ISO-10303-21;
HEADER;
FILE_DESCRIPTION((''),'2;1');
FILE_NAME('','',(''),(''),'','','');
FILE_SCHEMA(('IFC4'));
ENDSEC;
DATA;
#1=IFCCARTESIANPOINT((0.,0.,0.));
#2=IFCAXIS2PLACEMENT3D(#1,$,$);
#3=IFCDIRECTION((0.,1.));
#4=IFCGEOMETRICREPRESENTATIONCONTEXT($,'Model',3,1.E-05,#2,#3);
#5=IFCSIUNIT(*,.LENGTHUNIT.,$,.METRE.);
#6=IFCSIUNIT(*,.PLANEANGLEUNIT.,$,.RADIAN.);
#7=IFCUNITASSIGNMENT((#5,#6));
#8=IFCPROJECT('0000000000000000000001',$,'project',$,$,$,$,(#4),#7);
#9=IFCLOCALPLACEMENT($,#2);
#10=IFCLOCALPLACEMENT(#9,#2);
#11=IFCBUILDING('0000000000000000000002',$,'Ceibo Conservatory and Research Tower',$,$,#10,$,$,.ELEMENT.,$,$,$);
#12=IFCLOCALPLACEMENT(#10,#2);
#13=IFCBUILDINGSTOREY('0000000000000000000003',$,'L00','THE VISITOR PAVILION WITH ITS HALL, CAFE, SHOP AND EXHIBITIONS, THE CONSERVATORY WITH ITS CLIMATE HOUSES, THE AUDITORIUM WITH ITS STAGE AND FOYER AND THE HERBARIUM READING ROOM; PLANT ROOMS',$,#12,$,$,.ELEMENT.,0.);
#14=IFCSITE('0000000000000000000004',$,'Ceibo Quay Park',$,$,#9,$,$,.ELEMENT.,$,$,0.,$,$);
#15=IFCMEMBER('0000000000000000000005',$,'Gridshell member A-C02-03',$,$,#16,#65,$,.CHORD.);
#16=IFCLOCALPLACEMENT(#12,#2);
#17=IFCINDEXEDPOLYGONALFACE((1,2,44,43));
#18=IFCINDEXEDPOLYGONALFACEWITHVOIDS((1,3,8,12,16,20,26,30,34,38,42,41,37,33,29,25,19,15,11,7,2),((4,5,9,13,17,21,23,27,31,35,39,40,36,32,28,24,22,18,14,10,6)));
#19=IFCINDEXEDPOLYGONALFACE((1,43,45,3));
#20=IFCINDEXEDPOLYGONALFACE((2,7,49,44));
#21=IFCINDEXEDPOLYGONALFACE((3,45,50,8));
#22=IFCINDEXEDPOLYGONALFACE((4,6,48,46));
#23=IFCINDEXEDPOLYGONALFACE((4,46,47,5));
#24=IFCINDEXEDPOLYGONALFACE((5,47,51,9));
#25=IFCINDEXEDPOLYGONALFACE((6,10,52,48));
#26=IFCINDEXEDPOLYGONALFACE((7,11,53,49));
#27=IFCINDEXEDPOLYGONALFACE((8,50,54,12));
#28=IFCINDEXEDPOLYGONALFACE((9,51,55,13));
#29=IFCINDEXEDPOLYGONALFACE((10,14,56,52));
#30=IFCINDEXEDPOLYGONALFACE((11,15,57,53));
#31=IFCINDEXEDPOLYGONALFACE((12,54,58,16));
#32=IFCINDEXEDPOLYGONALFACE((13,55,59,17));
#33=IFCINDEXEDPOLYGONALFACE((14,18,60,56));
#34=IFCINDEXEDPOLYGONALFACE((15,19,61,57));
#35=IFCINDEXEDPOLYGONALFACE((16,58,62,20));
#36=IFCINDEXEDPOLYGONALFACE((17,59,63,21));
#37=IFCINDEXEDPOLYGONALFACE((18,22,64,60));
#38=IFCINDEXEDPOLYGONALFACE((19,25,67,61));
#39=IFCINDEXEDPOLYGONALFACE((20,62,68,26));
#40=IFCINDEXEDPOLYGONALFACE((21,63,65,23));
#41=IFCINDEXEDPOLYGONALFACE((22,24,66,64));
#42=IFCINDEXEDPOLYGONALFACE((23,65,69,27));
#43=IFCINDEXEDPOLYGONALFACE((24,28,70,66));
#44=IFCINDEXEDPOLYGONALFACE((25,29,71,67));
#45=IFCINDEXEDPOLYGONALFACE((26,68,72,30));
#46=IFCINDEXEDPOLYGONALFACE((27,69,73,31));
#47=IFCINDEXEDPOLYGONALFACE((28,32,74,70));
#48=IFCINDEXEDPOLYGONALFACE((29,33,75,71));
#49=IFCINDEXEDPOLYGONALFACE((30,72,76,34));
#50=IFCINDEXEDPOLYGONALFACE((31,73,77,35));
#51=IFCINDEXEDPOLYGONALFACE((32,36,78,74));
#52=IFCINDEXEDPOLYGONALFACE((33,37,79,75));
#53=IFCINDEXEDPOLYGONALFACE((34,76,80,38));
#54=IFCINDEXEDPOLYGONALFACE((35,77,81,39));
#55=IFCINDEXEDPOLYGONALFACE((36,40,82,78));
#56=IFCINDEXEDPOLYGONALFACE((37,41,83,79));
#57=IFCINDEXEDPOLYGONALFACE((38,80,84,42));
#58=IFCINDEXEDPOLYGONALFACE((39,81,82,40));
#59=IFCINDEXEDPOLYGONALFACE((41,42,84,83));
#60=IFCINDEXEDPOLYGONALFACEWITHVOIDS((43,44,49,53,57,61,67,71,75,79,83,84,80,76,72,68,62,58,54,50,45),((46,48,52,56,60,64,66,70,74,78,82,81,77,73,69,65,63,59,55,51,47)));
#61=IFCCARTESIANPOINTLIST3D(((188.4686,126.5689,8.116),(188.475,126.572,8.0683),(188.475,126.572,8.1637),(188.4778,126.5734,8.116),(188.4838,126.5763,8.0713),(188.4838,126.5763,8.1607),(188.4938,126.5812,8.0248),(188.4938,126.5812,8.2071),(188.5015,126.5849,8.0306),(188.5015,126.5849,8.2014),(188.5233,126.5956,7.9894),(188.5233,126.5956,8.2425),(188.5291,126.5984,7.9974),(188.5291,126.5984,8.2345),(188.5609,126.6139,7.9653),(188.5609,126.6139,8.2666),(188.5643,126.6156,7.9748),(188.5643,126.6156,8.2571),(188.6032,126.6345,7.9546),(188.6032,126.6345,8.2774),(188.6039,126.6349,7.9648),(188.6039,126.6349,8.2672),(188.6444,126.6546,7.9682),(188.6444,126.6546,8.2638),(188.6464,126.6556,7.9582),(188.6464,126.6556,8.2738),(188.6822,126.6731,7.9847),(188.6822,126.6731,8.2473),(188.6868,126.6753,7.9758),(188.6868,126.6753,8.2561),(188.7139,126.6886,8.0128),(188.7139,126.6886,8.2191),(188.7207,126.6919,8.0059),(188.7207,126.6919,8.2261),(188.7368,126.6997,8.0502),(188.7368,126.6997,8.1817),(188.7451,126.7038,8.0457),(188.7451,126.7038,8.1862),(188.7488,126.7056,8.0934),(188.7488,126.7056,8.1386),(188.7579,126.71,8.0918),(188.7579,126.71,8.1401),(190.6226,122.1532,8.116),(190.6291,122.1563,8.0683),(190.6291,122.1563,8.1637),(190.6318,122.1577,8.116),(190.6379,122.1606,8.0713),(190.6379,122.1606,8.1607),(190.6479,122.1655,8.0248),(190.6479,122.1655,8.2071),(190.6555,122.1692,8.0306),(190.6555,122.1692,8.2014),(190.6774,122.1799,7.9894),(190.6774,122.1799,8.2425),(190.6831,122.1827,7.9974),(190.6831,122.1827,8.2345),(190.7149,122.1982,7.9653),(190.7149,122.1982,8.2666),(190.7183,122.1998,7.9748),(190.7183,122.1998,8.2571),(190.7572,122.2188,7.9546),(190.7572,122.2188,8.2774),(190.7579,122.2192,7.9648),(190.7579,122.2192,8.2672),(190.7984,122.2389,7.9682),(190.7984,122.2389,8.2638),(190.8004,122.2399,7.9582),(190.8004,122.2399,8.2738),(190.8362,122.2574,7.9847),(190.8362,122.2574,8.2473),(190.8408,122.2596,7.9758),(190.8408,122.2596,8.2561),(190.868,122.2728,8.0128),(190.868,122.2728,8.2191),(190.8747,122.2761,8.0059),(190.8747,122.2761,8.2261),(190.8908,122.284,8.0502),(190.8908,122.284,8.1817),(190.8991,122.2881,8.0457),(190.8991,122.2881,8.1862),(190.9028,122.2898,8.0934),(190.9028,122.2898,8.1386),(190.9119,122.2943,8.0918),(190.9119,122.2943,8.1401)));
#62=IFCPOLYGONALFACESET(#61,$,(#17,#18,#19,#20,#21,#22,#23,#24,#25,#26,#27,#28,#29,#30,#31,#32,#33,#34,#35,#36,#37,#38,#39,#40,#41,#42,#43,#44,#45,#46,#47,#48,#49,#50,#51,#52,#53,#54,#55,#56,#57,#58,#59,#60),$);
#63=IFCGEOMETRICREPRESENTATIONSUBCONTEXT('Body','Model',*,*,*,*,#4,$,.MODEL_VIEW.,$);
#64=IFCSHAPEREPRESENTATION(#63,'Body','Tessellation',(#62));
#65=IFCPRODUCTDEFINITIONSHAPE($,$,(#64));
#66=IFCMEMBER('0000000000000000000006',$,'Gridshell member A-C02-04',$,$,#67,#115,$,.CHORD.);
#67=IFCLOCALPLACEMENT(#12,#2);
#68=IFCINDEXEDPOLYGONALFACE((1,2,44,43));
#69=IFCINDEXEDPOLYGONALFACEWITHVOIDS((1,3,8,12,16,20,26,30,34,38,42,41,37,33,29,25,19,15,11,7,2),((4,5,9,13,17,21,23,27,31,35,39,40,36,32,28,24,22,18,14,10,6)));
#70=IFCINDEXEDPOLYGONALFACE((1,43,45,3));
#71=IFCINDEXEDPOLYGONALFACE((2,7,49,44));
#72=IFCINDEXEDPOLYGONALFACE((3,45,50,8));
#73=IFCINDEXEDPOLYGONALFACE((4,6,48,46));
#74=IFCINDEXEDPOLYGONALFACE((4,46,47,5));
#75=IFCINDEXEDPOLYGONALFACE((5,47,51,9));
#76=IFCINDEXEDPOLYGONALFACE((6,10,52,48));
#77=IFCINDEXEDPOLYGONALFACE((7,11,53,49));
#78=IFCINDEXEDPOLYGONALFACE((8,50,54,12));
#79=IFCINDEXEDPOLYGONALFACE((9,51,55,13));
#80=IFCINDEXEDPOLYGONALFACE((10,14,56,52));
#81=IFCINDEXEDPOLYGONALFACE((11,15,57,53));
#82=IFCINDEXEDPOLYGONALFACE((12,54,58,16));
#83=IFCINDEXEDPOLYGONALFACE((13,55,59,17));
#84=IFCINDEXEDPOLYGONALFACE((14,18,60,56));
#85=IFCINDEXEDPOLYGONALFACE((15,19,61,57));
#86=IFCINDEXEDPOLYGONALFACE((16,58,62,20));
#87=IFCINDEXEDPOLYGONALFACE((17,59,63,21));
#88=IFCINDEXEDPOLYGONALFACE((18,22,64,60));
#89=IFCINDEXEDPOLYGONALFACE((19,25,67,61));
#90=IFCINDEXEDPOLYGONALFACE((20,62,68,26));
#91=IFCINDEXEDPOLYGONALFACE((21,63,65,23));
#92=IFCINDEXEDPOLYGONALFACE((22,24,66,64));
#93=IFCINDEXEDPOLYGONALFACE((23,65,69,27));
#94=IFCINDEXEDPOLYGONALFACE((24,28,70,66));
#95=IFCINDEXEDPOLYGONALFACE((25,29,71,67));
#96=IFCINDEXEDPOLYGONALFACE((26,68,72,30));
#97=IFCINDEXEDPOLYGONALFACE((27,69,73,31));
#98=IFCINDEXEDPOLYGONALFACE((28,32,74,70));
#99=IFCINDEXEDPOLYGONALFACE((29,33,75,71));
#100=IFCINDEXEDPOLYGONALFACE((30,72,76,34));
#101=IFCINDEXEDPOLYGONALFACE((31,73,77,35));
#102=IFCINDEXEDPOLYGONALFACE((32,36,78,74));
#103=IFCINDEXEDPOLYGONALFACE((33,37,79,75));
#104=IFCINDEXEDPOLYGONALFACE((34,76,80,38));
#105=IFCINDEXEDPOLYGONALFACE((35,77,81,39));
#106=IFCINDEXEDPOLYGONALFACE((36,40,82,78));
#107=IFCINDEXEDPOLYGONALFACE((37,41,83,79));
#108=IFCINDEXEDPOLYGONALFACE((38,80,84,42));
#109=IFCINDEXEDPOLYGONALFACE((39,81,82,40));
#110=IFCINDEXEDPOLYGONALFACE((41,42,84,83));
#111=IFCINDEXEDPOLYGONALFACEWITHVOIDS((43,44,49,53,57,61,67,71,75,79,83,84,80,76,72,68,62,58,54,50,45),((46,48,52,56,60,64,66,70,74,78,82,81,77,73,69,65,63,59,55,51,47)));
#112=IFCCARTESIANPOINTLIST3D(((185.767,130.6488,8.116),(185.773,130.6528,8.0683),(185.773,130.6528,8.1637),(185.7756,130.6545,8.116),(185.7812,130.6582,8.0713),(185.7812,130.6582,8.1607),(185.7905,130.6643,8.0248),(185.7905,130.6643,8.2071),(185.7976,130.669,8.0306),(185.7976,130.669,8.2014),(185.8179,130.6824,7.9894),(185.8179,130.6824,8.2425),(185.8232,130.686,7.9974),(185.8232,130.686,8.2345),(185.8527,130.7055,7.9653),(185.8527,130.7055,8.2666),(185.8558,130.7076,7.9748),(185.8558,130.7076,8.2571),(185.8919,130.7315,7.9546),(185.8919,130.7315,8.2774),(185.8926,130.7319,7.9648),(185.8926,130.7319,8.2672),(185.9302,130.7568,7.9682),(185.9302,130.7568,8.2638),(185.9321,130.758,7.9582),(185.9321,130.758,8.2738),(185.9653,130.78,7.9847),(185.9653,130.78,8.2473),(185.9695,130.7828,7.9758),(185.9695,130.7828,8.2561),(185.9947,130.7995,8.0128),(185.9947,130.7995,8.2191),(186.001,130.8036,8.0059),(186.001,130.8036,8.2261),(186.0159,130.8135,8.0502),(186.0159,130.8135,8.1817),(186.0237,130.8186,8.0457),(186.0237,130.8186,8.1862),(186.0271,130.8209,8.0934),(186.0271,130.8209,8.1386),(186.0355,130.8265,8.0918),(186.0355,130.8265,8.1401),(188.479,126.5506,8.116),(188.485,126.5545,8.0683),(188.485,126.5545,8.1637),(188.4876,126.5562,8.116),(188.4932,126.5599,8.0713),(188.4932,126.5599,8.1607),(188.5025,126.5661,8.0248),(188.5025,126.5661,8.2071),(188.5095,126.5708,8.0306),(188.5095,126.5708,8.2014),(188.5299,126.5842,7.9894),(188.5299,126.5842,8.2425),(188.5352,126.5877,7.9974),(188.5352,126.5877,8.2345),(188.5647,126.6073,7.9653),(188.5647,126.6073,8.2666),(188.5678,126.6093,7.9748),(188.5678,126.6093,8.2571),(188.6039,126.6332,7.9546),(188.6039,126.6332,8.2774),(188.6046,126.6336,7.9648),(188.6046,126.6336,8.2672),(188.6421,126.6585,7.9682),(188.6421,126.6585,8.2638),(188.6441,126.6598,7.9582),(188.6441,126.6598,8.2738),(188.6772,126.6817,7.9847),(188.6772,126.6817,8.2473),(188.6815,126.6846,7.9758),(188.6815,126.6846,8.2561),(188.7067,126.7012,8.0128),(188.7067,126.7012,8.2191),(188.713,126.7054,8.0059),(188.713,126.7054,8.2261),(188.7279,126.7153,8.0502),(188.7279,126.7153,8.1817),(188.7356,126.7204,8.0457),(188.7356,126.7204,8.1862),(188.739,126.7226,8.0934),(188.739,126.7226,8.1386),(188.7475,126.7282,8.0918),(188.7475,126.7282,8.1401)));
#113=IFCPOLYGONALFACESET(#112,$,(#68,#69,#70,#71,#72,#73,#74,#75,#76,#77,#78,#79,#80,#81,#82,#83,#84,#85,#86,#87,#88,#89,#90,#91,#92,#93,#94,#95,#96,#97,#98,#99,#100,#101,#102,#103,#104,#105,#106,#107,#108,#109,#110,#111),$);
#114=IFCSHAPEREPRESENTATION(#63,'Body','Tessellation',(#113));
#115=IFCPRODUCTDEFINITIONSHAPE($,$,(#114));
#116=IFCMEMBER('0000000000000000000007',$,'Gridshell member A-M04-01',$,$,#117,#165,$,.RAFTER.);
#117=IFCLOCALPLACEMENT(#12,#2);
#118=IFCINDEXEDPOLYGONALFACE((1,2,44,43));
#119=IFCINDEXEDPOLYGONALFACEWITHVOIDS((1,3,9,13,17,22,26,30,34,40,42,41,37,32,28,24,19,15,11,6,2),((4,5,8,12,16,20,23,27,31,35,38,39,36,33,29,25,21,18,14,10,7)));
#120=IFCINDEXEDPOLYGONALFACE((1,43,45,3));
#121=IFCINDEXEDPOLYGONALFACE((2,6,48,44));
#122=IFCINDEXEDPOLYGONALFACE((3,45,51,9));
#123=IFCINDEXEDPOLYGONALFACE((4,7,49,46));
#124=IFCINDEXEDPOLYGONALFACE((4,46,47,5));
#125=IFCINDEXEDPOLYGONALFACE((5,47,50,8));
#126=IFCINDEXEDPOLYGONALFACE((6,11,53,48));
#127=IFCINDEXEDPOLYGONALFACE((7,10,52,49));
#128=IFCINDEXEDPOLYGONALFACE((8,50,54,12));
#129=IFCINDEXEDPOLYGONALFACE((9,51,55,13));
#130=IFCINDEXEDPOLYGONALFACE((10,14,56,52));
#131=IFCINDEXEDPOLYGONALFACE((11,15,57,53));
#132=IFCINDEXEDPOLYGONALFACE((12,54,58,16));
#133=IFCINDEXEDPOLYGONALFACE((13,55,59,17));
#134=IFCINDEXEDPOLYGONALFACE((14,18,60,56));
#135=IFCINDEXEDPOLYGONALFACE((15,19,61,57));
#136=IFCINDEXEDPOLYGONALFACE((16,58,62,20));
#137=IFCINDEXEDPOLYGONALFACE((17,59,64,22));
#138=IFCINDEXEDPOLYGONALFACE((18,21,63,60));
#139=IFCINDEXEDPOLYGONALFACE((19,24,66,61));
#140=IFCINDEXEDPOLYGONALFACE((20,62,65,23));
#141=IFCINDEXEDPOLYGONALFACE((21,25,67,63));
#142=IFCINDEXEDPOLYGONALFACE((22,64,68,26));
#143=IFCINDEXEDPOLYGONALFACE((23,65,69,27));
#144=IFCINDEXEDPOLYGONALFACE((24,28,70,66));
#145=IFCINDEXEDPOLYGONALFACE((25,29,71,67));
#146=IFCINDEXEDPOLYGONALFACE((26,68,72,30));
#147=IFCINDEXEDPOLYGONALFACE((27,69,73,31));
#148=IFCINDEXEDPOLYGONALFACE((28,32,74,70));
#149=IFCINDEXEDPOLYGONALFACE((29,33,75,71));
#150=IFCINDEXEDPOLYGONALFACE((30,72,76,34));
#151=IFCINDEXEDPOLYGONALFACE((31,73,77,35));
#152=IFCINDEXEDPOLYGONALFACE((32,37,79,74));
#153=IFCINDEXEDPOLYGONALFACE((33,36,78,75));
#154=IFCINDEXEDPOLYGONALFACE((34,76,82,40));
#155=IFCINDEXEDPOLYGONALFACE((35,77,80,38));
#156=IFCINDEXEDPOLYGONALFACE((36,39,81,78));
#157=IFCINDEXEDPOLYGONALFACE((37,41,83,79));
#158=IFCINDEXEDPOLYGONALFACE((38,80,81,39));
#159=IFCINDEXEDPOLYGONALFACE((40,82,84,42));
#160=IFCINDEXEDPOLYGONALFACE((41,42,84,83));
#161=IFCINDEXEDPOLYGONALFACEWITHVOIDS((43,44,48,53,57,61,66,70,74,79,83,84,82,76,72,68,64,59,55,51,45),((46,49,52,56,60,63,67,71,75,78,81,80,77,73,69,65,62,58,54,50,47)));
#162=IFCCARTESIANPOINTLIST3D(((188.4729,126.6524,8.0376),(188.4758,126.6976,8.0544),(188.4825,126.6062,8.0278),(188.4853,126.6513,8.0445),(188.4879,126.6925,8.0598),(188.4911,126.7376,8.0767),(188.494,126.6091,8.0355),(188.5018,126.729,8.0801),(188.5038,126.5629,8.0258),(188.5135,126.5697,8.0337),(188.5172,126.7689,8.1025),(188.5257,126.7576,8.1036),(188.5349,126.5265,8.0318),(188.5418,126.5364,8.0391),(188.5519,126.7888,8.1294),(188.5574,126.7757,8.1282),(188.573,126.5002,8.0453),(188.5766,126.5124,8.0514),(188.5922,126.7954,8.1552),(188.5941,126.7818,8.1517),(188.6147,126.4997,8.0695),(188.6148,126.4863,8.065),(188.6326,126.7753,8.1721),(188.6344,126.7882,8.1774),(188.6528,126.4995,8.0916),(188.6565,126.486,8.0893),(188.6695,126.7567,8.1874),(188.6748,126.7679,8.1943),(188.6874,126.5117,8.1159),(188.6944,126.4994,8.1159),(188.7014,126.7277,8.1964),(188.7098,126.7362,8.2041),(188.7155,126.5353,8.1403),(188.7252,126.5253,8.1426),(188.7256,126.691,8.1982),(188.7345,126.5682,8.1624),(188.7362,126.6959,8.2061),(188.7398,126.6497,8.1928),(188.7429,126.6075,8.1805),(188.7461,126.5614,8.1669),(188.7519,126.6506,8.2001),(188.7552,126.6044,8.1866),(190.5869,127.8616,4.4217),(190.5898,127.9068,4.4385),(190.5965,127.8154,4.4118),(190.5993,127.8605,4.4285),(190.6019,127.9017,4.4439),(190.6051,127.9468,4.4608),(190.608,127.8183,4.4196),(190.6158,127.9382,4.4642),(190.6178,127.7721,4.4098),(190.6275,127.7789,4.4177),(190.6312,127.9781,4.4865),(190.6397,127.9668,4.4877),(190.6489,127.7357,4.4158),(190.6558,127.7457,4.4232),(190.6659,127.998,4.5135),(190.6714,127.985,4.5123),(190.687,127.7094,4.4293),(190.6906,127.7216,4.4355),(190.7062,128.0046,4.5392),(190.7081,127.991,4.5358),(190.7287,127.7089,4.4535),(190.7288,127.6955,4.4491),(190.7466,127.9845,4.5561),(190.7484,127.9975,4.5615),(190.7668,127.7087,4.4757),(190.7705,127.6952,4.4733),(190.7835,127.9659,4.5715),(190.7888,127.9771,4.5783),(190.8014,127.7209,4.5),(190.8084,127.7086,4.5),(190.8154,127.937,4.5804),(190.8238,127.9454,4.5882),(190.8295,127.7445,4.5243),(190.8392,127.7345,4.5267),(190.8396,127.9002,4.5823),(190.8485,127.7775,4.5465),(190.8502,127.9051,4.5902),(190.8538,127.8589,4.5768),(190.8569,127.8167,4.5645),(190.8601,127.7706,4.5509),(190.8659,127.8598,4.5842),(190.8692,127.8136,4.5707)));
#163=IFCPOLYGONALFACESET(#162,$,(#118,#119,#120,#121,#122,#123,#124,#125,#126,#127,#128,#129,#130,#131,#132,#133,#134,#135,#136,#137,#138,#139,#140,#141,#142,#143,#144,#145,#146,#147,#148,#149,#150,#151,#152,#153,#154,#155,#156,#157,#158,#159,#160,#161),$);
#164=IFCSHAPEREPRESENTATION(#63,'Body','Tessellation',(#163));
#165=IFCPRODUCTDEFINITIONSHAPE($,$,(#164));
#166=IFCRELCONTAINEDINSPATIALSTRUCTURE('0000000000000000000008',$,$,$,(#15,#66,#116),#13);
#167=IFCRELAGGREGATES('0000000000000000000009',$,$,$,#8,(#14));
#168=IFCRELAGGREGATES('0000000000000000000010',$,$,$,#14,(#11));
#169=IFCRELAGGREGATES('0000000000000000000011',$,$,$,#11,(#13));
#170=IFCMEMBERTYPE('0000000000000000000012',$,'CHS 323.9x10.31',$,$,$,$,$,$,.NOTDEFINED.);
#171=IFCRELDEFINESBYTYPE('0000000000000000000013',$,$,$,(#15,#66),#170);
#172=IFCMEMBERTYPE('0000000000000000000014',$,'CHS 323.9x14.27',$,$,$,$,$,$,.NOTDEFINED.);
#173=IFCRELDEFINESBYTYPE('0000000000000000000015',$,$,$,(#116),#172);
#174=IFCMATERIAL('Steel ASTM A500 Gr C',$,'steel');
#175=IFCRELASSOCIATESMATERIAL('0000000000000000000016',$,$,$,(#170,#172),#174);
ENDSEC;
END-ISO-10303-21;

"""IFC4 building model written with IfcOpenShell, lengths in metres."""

from ifc_helpers import new_model, si_unit, direction, frame, origin, origin_2d, place, context, subcontext, project, spatial, hollow_circle, extrude, material, material_profile, profile_set, type_object, element, save


model = new_model("IFC4")

# Units and contexts
model_context = context("Model", 3, precision=1e-05, world=origin(), true_north=direction((0.0, 1.0)))
body_context = subcontext(model_context, "Body", "Model", "MODEL_VIEW")
ifc_project = project(units=[si_unit("LENGTHUNIT", "METRE"), si_unit("PLANEANGLEUNIT", "RADIAN")], contexts=[model_context])

# Site, building, storey
site_placement = place(None, origin())
site = spatial("IfcSite", under=ifc_project, at=site_placement, Name="Ceibo Quay Park", CompositionType="ELEMENT", RefElevation=0.0)
building_placement = place(site_placement, origin())
building = spatial("IfcBuilding", under=site, at=building_placement, Name="Ceibo Conservatory and Research Tower", CompositionType="ELEMENT")
storey_placement = place(building_placement, origin())
storey = spatial("IfcBuildingStorey", under=building, at=storey_placement, Name="L00", Description="THE VISITOR PAVILION WITH ITS HALL, CAFE, SHOP AND EXHIBITIONS, THE CONSERVATORY WITH ITS CLIMATE HOUSES, THE AUDITORIUM WITH ITS STAGE AND FOYER AND THE HERBARIUM READING ROOM; PLANT ROOMS", CompositionType="ELEMENT", Elevation=0.0)

# Members
ifc_material_1 = material(Name="Steel ASTM A500 Gr C", Category="steel")
ifc_material_profile_1 = material_profile(ifc_material_1, hollow_circle(Radius=0.1619, WallThickness=0.0103, at=origin_2d()), Name="CHS 323.9x10.31")
ifc_profile_set_1 = profile_set([ifc_material_profile_1], Name="Steel ASTM A500 Gr C")
member_type_1 = type_object("IfcMemberType", Name="CHS 323.9x10.31", PredefinedType="NOTDEFINED", material=ifc_profile_set_1)
member_1_placement = place(storey_placement, frame((190.7681, 122.2241, 8.116), z_axis=(-0.438427, 0.898767, 0.0), x_axis=(-0.898767, -0.438427, 0.0)))
element("IfcMember", 1, at=member_1_placement, inside=storey, type_object=member_type_1, Name="Gridshell member A-C02-03", PredefinedType="CHORD", context=body_context, shape_type="SweptSolid", body=[
    extrude(hollow_circle(Radius=0.1619, WallThickness=0.0103, at=origin_2d()), origin(), (0.0, 0.0, 1.0), 4.9131),
])
member_2_placement = place(storey_placement, frame((188.614, 126.6399, 8.116), z_axis=(-0.551854, 0.833941, 0.0), x_axis=(-0.833941, -0.551854, 0.0)))
element("IfcMember", 2, at=member_2_placement, inside=storey, type_object=member_type_1, Name="Gridshell member A-C02-04", PredefinedType="CHORD", context=body_context, shape_type="SweptSolid", body=[
    extrude(hollow_circle(Radius=0.1619, WallThickness=0.0103, at=origin_2d()), origin(), (0.0, 0.0, 1.0), 4.9143),
])
ifc_material_profile_2 = material_profile(ifc_material_1, hollow_circle(Radius=0.1619, WallThickness=0.0142, at=origin_2d()), Name="CHS 323.9x14.27")
ifc_profile_set_2 = profile_set([ifc_material_profile_2], Name="Steel ASTM A500 Gr C")
member_type_2 = type_object("IfcMemberType", Name="CHS 323.9x14.27", PredefinedType="NOTDEFINED", material=ifc_profile_set_2)
member_3_placement = place(storey_placement, frame((190.728, 127.8491, 4.5), z_axis=(-0.484905, -0.277369, 0.829418), x_axis=(0.496517, -0.868027, 0.0)))
element("IfcMember", 3, at=member_3_placement, inside=storey, type_object=member_type_2, Name="Gridshell member A-M04-01", PredefinedType="RAFTER", context=body_context, shape_type="SweptSolid", body=[
    extrude(hollow_circle(Radius=0.1619, WallThickness=0.0142, at=origin_2d()), origin(), (0.0, 0.0, 1.0), 4.3596),
])

save(model, "model.ifc")
